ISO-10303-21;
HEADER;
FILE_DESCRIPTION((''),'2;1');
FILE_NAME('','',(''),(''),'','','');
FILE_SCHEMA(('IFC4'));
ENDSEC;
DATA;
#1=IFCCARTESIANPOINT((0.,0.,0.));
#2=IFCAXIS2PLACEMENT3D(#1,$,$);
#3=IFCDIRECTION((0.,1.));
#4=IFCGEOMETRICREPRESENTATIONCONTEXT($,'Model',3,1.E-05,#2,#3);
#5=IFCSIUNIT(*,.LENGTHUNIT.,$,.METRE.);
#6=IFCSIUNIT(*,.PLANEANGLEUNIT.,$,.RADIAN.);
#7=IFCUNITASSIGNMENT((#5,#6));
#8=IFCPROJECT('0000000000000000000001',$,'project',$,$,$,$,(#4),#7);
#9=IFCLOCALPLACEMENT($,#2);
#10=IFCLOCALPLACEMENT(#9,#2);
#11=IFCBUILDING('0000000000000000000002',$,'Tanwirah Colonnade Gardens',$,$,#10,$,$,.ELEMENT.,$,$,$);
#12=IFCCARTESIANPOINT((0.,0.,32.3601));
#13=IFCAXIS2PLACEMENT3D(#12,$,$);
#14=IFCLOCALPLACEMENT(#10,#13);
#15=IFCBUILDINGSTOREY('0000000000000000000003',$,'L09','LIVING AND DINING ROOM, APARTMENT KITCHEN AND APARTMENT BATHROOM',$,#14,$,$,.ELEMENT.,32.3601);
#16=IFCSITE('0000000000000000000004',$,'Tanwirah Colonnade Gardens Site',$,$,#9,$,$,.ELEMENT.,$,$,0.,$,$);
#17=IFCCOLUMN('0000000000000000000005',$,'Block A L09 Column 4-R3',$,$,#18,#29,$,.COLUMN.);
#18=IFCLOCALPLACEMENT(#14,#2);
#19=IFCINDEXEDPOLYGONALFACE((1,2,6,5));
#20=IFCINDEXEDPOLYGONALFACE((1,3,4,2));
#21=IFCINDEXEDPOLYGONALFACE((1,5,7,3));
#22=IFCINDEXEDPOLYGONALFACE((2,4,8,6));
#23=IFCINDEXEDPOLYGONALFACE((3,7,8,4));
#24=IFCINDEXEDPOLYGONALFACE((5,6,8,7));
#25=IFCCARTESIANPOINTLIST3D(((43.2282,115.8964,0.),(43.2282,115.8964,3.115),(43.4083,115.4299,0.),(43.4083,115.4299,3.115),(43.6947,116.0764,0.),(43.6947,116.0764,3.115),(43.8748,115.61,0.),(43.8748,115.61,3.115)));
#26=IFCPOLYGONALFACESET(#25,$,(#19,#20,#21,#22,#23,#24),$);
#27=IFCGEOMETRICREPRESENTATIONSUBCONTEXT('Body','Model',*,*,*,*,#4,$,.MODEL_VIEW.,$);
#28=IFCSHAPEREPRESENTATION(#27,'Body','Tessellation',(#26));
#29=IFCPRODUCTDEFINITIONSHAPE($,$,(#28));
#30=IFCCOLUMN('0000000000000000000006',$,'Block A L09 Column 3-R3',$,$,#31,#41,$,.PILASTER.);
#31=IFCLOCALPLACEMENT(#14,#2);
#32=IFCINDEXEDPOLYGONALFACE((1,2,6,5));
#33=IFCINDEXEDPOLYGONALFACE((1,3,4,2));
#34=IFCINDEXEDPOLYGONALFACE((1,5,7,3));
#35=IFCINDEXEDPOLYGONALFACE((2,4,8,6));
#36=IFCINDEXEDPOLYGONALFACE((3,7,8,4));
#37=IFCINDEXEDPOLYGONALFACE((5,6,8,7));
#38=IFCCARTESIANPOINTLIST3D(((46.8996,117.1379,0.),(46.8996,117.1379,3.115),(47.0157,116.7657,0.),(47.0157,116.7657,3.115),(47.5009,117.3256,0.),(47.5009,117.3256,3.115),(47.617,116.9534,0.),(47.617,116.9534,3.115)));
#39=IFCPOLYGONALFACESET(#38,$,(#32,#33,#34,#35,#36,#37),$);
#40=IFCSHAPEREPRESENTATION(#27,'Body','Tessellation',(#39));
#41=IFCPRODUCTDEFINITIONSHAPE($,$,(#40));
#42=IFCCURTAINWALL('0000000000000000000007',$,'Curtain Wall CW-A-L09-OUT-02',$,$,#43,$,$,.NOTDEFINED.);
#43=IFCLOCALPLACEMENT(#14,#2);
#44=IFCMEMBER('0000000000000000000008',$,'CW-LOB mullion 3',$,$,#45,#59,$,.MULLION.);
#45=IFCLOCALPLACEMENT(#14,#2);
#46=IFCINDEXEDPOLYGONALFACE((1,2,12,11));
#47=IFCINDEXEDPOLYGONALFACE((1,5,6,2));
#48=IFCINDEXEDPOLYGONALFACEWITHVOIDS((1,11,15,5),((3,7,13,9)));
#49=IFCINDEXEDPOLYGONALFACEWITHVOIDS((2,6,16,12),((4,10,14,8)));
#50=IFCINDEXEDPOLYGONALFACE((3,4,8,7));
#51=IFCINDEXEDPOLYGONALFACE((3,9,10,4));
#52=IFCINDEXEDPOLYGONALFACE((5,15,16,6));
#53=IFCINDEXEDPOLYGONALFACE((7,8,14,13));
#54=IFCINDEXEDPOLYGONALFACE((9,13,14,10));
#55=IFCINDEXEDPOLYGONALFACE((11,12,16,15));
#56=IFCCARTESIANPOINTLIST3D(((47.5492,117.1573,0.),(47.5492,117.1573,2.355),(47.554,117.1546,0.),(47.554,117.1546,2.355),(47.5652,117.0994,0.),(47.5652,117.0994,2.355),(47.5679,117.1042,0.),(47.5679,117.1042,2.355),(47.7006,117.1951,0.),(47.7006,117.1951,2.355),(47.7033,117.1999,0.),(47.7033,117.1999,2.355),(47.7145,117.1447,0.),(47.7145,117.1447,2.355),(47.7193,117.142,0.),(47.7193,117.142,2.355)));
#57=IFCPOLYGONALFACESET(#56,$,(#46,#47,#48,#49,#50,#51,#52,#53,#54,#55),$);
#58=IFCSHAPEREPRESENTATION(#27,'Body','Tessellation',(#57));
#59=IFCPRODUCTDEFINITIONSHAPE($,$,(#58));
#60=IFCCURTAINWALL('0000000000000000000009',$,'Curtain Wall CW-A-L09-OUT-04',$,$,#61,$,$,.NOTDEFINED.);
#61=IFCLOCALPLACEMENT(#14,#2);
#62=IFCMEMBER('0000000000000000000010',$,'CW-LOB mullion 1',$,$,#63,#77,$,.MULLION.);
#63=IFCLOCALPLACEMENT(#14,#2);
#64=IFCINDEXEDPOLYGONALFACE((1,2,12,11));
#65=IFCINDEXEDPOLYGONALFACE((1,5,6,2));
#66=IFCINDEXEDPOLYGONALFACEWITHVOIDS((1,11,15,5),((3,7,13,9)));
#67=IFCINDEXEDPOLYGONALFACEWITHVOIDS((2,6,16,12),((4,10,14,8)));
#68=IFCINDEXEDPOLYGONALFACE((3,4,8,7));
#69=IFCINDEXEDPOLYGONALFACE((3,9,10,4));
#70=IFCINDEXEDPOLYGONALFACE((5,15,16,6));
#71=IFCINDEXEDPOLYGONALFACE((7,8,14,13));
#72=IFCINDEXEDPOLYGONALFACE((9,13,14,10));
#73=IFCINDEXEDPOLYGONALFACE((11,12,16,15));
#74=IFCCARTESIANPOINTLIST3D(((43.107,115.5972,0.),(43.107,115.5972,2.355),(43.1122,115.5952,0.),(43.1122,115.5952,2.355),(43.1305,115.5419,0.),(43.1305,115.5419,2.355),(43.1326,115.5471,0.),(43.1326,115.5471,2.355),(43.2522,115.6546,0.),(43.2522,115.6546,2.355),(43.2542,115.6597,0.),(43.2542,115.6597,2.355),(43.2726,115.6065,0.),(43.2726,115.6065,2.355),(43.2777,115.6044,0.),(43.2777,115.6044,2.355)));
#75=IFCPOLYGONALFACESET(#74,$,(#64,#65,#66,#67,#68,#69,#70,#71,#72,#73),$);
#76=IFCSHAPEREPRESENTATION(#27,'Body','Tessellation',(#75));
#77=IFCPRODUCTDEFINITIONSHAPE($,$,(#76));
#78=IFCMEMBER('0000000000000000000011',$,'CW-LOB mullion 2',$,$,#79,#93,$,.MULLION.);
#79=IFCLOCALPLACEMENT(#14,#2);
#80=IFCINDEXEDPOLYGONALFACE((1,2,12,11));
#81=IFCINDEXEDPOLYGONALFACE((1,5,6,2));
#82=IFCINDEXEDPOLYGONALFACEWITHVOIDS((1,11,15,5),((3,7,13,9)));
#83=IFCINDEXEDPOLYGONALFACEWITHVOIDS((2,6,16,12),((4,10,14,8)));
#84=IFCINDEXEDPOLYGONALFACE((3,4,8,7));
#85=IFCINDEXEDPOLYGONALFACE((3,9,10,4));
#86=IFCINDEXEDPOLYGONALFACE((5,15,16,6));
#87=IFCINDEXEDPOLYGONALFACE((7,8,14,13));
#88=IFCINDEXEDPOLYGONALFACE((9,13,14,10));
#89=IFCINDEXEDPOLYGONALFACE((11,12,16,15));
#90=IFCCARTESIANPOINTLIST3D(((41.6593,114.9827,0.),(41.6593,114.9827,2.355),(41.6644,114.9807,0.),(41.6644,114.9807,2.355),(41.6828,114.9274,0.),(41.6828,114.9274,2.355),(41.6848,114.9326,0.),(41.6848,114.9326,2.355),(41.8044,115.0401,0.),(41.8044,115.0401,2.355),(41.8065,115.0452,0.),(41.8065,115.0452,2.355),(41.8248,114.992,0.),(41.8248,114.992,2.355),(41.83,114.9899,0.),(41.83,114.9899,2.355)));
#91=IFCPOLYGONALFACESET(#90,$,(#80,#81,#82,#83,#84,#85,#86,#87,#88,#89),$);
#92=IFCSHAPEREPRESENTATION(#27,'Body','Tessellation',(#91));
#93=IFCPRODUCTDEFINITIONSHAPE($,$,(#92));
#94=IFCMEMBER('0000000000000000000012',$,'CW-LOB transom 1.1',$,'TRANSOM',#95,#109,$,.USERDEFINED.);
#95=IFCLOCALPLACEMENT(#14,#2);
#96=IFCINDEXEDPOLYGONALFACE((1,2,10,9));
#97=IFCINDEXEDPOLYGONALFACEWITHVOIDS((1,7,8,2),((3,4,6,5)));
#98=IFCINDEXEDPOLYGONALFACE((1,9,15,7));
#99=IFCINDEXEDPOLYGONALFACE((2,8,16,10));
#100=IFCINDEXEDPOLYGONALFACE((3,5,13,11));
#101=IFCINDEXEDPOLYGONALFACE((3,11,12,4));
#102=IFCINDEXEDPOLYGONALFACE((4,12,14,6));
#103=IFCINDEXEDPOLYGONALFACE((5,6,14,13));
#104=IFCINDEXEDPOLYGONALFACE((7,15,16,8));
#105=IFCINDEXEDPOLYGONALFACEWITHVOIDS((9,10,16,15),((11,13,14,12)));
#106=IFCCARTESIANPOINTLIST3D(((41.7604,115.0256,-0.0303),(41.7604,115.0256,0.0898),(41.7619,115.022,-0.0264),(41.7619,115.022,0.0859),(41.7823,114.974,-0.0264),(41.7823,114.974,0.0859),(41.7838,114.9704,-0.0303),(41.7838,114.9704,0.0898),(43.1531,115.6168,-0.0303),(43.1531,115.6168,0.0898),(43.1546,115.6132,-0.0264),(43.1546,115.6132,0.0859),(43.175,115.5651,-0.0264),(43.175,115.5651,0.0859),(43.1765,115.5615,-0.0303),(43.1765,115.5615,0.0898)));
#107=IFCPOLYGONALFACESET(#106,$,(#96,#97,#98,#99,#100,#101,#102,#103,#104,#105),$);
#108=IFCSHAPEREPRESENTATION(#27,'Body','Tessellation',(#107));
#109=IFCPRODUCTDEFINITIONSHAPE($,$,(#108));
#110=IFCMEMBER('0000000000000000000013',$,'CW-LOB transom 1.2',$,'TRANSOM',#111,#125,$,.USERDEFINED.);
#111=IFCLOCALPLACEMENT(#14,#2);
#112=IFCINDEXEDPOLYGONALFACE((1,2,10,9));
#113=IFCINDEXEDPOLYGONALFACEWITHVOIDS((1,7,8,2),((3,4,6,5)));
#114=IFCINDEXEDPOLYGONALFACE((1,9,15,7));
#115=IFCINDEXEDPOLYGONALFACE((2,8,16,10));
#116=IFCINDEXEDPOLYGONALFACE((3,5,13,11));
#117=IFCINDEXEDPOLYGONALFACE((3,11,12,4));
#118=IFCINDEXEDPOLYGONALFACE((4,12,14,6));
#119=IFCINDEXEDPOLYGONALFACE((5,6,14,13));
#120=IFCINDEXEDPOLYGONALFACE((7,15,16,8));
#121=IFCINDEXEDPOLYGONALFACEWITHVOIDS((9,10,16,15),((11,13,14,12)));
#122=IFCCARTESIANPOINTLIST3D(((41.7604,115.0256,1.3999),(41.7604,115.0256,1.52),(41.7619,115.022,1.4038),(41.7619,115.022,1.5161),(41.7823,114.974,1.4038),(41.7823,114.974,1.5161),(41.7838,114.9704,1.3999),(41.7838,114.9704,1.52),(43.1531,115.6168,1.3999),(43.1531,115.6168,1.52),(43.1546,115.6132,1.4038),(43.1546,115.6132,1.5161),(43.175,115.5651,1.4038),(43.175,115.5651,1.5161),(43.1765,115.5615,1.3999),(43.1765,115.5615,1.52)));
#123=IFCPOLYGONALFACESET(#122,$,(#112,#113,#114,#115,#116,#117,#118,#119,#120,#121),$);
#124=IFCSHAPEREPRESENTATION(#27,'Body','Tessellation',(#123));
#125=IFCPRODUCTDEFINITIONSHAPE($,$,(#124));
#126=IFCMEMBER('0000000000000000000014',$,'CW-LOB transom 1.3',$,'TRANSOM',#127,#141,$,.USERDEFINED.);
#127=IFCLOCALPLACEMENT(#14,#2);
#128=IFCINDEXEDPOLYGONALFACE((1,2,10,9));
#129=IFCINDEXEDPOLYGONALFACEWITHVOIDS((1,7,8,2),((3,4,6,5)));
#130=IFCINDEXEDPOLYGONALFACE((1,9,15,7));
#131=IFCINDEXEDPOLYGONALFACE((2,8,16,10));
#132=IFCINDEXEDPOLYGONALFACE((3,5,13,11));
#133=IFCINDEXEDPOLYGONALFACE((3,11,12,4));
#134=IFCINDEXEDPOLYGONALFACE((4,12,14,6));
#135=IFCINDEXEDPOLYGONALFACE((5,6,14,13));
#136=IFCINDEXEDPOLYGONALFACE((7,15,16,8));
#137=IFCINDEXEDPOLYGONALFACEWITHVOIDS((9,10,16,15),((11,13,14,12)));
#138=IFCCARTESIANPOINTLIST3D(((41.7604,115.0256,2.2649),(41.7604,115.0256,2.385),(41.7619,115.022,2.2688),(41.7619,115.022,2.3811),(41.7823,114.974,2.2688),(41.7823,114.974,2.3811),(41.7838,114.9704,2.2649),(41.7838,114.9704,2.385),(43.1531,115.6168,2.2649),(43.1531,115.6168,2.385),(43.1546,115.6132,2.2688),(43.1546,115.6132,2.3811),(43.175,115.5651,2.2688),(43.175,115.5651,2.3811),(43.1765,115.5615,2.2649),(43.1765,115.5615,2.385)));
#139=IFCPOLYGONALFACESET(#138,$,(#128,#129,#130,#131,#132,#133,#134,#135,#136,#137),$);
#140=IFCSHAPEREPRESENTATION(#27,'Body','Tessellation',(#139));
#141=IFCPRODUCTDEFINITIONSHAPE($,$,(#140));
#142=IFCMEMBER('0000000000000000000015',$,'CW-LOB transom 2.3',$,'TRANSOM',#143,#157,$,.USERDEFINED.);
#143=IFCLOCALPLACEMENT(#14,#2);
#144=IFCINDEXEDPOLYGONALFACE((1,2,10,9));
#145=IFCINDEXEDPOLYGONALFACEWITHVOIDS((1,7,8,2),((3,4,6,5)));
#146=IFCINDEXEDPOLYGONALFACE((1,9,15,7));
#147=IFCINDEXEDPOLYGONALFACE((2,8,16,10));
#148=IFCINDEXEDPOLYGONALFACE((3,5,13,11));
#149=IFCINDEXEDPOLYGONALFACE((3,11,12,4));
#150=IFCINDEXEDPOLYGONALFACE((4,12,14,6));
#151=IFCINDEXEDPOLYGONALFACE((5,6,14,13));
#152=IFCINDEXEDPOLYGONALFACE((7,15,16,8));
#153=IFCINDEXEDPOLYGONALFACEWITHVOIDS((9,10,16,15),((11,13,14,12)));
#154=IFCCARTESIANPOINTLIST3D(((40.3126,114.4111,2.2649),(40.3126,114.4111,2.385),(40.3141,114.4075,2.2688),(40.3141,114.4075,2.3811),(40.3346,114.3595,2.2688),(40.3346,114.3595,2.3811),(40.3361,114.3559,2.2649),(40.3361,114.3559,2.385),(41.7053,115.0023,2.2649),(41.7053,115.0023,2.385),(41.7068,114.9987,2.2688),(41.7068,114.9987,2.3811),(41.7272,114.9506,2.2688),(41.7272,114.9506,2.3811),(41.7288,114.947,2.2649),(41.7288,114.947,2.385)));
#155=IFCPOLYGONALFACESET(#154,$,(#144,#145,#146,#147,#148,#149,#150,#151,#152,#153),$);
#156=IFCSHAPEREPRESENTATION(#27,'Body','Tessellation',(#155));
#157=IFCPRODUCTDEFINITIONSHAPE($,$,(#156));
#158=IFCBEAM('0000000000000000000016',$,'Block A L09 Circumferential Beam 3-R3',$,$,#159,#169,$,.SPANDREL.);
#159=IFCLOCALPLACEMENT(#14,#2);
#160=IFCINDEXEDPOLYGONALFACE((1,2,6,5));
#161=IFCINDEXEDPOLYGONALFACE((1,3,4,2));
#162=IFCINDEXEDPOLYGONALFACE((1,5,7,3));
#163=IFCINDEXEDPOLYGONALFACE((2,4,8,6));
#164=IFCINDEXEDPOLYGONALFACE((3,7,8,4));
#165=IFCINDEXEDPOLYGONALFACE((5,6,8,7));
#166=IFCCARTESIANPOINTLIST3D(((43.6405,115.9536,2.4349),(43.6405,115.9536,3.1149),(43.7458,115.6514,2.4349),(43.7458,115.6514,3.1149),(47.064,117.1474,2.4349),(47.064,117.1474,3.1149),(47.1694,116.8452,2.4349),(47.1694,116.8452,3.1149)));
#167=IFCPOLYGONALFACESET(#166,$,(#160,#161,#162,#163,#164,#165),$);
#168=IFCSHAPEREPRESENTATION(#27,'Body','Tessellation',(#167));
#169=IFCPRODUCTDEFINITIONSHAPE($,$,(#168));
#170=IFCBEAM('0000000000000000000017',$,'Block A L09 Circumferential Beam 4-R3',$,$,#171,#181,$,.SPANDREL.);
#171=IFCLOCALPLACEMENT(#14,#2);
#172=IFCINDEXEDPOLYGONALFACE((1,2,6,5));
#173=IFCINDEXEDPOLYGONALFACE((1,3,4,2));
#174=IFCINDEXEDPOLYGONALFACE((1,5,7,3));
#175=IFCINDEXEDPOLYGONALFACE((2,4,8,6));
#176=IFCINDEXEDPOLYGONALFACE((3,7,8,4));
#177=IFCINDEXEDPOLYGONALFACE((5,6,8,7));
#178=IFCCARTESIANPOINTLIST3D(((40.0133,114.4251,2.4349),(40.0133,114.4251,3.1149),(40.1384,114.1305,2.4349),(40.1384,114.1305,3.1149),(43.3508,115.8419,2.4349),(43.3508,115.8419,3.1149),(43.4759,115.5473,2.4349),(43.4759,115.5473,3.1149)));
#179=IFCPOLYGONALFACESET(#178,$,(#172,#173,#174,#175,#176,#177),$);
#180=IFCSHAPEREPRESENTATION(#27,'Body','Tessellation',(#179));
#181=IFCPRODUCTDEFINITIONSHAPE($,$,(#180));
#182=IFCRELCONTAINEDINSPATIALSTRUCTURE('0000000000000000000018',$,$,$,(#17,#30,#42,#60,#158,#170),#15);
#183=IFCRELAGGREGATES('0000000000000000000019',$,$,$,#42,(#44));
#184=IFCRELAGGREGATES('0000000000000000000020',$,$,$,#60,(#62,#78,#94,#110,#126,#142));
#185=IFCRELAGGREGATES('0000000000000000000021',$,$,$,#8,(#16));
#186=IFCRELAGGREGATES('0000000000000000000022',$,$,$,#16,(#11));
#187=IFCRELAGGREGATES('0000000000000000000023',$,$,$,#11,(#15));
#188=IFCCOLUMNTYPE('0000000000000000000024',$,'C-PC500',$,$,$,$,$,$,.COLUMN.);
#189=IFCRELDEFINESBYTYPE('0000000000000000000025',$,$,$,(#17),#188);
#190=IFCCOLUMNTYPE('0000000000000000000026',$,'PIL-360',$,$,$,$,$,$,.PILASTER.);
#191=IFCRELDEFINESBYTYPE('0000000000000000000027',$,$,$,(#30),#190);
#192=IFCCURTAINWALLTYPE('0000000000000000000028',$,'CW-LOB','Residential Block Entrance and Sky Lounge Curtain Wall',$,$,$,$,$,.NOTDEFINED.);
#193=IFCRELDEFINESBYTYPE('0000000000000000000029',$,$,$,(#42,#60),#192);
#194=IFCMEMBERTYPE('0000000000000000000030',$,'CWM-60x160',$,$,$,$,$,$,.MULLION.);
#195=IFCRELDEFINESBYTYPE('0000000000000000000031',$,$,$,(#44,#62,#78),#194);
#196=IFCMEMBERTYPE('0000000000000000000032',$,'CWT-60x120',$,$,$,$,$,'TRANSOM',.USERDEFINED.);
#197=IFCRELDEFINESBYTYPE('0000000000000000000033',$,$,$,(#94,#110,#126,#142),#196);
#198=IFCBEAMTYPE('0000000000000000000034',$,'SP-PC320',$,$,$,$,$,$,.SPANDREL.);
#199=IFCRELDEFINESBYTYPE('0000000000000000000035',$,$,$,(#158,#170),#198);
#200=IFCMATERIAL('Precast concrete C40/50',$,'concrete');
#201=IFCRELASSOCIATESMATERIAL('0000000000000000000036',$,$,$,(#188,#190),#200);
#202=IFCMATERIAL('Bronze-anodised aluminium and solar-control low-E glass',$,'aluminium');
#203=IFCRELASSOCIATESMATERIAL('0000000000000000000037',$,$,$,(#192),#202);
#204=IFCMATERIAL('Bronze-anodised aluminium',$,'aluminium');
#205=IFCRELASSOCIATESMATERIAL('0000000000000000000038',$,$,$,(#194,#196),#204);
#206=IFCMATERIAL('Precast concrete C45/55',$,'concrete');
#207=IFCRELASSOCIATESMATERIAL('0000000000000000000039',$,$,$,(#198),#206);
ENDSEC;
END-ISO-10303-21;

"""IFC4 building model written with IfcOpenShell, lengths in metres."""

from ifc_helpers import new_model, si_unit, direction, frame, origin, origin_2d, place, context, subcontext, project, spatial, rectangle, hollow_rectangle, extrude, material, material_profile, profile_set, type_object, element, aggregate, save


model = new_model("IFC4")

# Units and contexts
model_context = context("Model", 3, precision=1e-05, world=origin(), true_north=direction((0.0, 1.0)))
body_context = subcontext(model_context, "Body", "Model", "MODEL_VIEW")
ifc_project = project(units=[si_unit("LENGTHUNIT", "METRE"), si_unit("PLANEANGLEUNIT", "RADIAN")], contexts=[model_context])

# Site, building, storey
site_placement = place(None, origin())
site = spatial("IfcSite", under=ifc_project, at=site_placement, Name="Tanwirah Colonnade Gardens Site", CompositionType="ELEMENT", RefElevation=0.0)
building_placement = place(site_placement, origin())
building = spatial("IfcBuilding", under=site, at=building_placement, Name="Tanwirah Colonnade Gardens", CompositionType="ELEMENT")
storey_placement = place(building_placement, frame((0.0, 0.0, 32.3601)))
storey = spatial("IfcBuildingStorey", under=building, at=storey_placement, Name="L09", Description="LIVING AND DINING ROOM, APARTMENT KITCHEN AND APARTMENT BATHROOM", CompositionType="ELEMENT", Elevation=32.3601)

# Columns
ifc_material_1 = material(Name="Precast concrete C40/50", Category="concrete")
ifc_material_profile_1 = material_profile(ifc_material_1, rectangle(XDim=0.5, YDim=0.5, at=origin_2d()), Name="PC-COL 500x500")
ifc_profile_set_1 = profile_set([ifc_material_profile_1], Name="Precast concrete C40/50")
column_type_1 = type_object("IfcColumnType", Name="C-PC500", PredefinedType="COLUMN", material=ifc_profile_set_1)
column_1_placement = place(storey_placement, frame((43.5515, 115.7532, 0.0), z_axis=(0.0, 0.0, 1.0), x_axis=(-0.360178, 0.932884, 0.0)))
element("IfcColumn", 1, at=column_1_placement, inside=storey, type_object=column_type_1, Name="Block A L09 Column 4-R3", PredefinedType="COLUMN", context=body_context, shape_type="SweptSolid", body=[
    extrude(rectangle(XDim=0.5, YDim=0.5, at=origin_2d()), origin(), (0.0, 0.0, 1.0), 3.115),
])
ifc_material_profile_2 = material_profile(ifc_material_1, rectangle(XDim=0.3899, YDim=0.6299, at=origin_2d()), Name="PC-PIL 390x630")
ifc_profile_set_2 = profile_set([ifc_material_profile_2], Name="Precast concrete C40/50")
column_type_2 = type_object("IfcColumnType", Name="PIL-360", PredefinedType="PILASTER", material=ifc_profile_set_2)
column_2_placement = place(storey_placement, frame((47.2583, 117.0457, 0.0), z_axis=(0.0, 0.0, 1.0), x_axis=(-0.29793, 0.954588, 0.0)))
element("IfcColumn", 2, at=column_2_placement, inside=storey, type_object=column_type_2, Name="Block A L09 Column 3-R3", PredefinedType="PILASTER", context=body_context, shape_type="SweptSolid", body=[
    extrude(rectangle(XDim=0.3899, YDim=0.6299, at=origin_2d()), origin(), (0.0, 0.0, 1.0), 3.115),
])

# Curtain wall, member
ifc_material_2 = material(Name="Bronze-anodised aluminium and solar-control low-E glass", Category="aluminium")
curtain_wall_type = type_object("IfcCurtainWallType", Name="CW-LOB", Description="Residential Block Entrance and Sky Lounge Curtain Wall", PredefinedType="NOTDEFINED", material=ifc_material_2)
curtain_wall_1_placement = place(storey_placement, origin())
curtain_wall_1 = element("IfcCurtainWall", 3, at=curtain_wall_1_placement, inside=storey, type_object=curtain_wall_type, Name="Curtain Wall CW-A-L09-OUT-02", PredefinedType="NOTDEFINED")
ifc_material_3 = material(Name="Bronze-anodised aluminium", Category="aluminium")
ifc_material_profile_3 = material_profile(ifc_material_3, hollow_rectangle(XDim=0.0601, YDim=0.1599, WallThickness=0.0039, at=origin_2d()), Name="CW-MUL 60x160x4")
ifc_profile_set_3 = profile_set([ifc_material_profile_3], Name="Bronze-anodised aluminium")
member_type_1 = type_object("IfcMemberType", Name="CWM-60x160", PredefinedType="MULLION", material=ifc_profile_set_3)
member_1_placement = place(storey_placement, frame((47.6343, 117.1497, 0.0), z_axis=(0.0, 0.0, 1.0), x_axis=(0.266304, -0.963889, 0.0)))
member_1 = element("IfcMember", 4, at=member_1_placement, type_object=member_type_1, Name="CW-LOB mullion 3", PredefinedType="MULLION", context=body_context, shape_type="SweptSolid", body=[
    extrude(hollow_rectangle(XDim=0.0601, YDim=0.1599, WallThickness=0.0039, at=origin_2d()), origin(), (0.0, 0.0, 1.0), 2.355),
])

# Curtain wall, members
curtain_wall_2_placement = place(storey_placement, origin())
curtain_wall_2 = element("IfcCurtainWall", 5, at=curtain_wall_2_placement, inside=storey, type_object=curtain_wall_type, Name="Curtain Wall CW-A-L09-OUT-04", PredefinedType="NOTDEFINED")
member_2_placement = place(storey_placement, frame((43.1924, 115.6008, 0.0), z_axis=(0.0, 0.0, 1.0), x_axis=(0.39073, -0.920505, 0.0)))
member_2 = element("IfcMember", 6, at=member_2_placement, type_object=member_type_1, Name="CW-LOB mullion 1", PredefinedType="MULLION", context=body_context, shape_type="SweptSolid", body=[
    extrude(hollow_rectangle(XDim=0.0601, YDim=0.1599, WallThickness=0.0039, at=origin_2d()), origin(), (0.0, 0.0, 1.0), 2.355),
])
member_3_placement = place(storey_placement, frame((41.7446, 114.9863, 0.0), z_axis=(0.0, 0.0, 1.0), x_axis=(0.39073, -0.920505, 0.0)))
member_3 = element("IfcMember", 7, at=member_3_placement, type_object=member_type_1, Name="CW-LOB mullion 2", PredefinedType="MULLION", context=body_context, shape_type="SweptSolid", body=[
    extrude(hollow_rectangle(XDim=0.0601, YDim=0.1599, WallThickness=0.0039, at=origin_2d()), origin(), (0.0, 0.0, 1.0), 2.355),
])
ifc_material_profile_4 = material_profile(ifc_material_3, hollow_rectangle(XDim=0.0601, YDim=0.1201, WallThickness=0.0039, at=origin_2d()), Name="CW-TRN 60x120x4")
ifc_profile_set_4 = profile_set([ifc_material_profile_4], Name="Bronze-anodised aluminium")
member_type_2 = type_object("IfcMemberType", Name="CWT-60x120", ElementType="TRANSOM", PredefinedType="USERDEFINED", material=ifc_profile_set_4)
member_4_placement = place(storey_placement, frame((43.1648, 115.5891, 0.0298), z_axis=(-0.920517, -0.390703, 0.0), x_axis=(0.390703, -0.920517, 0.0)))
member_4 = element("IfcMember", 8, at=member_4_placement, type_object=member_type_2, Name="CW-LOB transom 1.1", ObjectType="TRANSOM", PredefinedType="USERDEFINED", context=body_context, shape_type="SweptSolid", body=[
    extrude(hollow_rectangle(XDim=0.0601, YDim=0.1201, WallThickness=0.0039, at=origin_2d()), origin(), (0.0, 0.0, 1.0), 1.5129),
])
member_5_placement = place(storey_placement, frame((43.1648, 115.5891, 1.46), z_axis=(-0.920517, -0.390703, 0.0), x_axis=(0.390703, -0.920517, 0.0)))
member_5 = element("IfcMember", 9, at=member_5_placement, type_object=member_type_2, Name="CW-LOB transom 1.2", ObjectType="TRANSOM", PredefinedType="USERDEFINED", context=body_context, shape_type="SweptSolid", body=[
    extrude(hollow_rectangle(XDim=0.0601, YDim=0.1201, WallThickness=0.0039, at=origin_2d()), origin(), (0.0, 0.0, 1.0), 1.5129),
])
member_6_placement = place(storey_placement, frame((43.1648, 115.5891, 2.325), z_axis=(-0.920517, -0.390703, 0.0), x_axis=(0.390703, -0.920517, 0.0)))
member_6 = element("IfcMember", 10, at=member_6_placement, type_object=member_type_2, Name="CW-LOB transom 1.3", ObjectType="TRANSOM", PredefinedType="USERDEFINED", context=body_context, shape_type="SweptSolid", body=[
    extrude(hollow_rectangle(XDim=0.0601, YDim=0.1201, WallThickness=0.0039, at=origin_2d()), origin(), (0.0, 0.0, 1.0), 1.5129),
])
member_7_placement = place(storey_placement, frame((41.717, 114.9746, 2.325), z_axis=(-0.920517, -0.390703, 0.0), x_axis=(0.390703, -0.920517, 0.0)))
member_7 = element("IfcMember", 11, at=member_7_placement, type_object=member_type_2, Name="CW-LOB transom 2.3", ObjectType="TRANSOM", PredefinedType="USERDEFINED", context=body_context, shape_type="SweptSolid", body=[
    extrude(hollow_rectangle(XDim=0.0601, YDim=0.1201, WallThickness=0.0039, at=origin_2d()), origin(), (0.0, 0.0, 1.0), 1.5129),
])

# Beams
ifc_material_4 = material(Name="Precast concrete C45/55", Category="concrete")
ifc_material_profile_5 = material_profile(ifc_material_4, rectangle(XDim=0.3201, YDim=0.6799, at=origin_2d()), Name="PC-SP 320x680")
ifc_profile_set_5 = profile_set([ifc_material_profile_5], Name="Precast concrete C45/55")
beam_type = type_object("IfcBeamType", Name="SP-PC320", PredefinedType="SPANDREL", material=ifc_profile_set_5)
for number, where, z_axis, x_axis, name in (
    (12, (47.1167, 116.9963, 2.7749), (-0.944237, -0.329267, 0.0), (0.329267, -0.944237, 0.0), "Block A L09 Circumferential Beam 3-R3"),
    (13, (43.4133, 115.6946, 2.7749), (-0.920494, -0.390756, 0.0), (0.390756, -0.920494, 0.0), "Block A L09 Circumferential Beam 4-R3"),
):
    element("IfcBeam", number, at=place(storey_placement, frame(where, z_axis=z_axis, x_axis=x_axis)), inside=storey, type_object=beam_type, Name=name, PredefinedType="SPANDREL", context=body_context, shape_type="SweptSolid", body=[
        extrude(rectangle(XDim=0.3201, YDim=0.6799, at=origin_2d()), origin(), (0.0, 0.0, 1.0), 3.6257),
    ])

aggregate(curtain_wall_1, [member_1])
aggregate(curtain_wall_2, [member_2, member_3, member_4, member_5, member_6, member_7])

save(model, "model.ifc")
